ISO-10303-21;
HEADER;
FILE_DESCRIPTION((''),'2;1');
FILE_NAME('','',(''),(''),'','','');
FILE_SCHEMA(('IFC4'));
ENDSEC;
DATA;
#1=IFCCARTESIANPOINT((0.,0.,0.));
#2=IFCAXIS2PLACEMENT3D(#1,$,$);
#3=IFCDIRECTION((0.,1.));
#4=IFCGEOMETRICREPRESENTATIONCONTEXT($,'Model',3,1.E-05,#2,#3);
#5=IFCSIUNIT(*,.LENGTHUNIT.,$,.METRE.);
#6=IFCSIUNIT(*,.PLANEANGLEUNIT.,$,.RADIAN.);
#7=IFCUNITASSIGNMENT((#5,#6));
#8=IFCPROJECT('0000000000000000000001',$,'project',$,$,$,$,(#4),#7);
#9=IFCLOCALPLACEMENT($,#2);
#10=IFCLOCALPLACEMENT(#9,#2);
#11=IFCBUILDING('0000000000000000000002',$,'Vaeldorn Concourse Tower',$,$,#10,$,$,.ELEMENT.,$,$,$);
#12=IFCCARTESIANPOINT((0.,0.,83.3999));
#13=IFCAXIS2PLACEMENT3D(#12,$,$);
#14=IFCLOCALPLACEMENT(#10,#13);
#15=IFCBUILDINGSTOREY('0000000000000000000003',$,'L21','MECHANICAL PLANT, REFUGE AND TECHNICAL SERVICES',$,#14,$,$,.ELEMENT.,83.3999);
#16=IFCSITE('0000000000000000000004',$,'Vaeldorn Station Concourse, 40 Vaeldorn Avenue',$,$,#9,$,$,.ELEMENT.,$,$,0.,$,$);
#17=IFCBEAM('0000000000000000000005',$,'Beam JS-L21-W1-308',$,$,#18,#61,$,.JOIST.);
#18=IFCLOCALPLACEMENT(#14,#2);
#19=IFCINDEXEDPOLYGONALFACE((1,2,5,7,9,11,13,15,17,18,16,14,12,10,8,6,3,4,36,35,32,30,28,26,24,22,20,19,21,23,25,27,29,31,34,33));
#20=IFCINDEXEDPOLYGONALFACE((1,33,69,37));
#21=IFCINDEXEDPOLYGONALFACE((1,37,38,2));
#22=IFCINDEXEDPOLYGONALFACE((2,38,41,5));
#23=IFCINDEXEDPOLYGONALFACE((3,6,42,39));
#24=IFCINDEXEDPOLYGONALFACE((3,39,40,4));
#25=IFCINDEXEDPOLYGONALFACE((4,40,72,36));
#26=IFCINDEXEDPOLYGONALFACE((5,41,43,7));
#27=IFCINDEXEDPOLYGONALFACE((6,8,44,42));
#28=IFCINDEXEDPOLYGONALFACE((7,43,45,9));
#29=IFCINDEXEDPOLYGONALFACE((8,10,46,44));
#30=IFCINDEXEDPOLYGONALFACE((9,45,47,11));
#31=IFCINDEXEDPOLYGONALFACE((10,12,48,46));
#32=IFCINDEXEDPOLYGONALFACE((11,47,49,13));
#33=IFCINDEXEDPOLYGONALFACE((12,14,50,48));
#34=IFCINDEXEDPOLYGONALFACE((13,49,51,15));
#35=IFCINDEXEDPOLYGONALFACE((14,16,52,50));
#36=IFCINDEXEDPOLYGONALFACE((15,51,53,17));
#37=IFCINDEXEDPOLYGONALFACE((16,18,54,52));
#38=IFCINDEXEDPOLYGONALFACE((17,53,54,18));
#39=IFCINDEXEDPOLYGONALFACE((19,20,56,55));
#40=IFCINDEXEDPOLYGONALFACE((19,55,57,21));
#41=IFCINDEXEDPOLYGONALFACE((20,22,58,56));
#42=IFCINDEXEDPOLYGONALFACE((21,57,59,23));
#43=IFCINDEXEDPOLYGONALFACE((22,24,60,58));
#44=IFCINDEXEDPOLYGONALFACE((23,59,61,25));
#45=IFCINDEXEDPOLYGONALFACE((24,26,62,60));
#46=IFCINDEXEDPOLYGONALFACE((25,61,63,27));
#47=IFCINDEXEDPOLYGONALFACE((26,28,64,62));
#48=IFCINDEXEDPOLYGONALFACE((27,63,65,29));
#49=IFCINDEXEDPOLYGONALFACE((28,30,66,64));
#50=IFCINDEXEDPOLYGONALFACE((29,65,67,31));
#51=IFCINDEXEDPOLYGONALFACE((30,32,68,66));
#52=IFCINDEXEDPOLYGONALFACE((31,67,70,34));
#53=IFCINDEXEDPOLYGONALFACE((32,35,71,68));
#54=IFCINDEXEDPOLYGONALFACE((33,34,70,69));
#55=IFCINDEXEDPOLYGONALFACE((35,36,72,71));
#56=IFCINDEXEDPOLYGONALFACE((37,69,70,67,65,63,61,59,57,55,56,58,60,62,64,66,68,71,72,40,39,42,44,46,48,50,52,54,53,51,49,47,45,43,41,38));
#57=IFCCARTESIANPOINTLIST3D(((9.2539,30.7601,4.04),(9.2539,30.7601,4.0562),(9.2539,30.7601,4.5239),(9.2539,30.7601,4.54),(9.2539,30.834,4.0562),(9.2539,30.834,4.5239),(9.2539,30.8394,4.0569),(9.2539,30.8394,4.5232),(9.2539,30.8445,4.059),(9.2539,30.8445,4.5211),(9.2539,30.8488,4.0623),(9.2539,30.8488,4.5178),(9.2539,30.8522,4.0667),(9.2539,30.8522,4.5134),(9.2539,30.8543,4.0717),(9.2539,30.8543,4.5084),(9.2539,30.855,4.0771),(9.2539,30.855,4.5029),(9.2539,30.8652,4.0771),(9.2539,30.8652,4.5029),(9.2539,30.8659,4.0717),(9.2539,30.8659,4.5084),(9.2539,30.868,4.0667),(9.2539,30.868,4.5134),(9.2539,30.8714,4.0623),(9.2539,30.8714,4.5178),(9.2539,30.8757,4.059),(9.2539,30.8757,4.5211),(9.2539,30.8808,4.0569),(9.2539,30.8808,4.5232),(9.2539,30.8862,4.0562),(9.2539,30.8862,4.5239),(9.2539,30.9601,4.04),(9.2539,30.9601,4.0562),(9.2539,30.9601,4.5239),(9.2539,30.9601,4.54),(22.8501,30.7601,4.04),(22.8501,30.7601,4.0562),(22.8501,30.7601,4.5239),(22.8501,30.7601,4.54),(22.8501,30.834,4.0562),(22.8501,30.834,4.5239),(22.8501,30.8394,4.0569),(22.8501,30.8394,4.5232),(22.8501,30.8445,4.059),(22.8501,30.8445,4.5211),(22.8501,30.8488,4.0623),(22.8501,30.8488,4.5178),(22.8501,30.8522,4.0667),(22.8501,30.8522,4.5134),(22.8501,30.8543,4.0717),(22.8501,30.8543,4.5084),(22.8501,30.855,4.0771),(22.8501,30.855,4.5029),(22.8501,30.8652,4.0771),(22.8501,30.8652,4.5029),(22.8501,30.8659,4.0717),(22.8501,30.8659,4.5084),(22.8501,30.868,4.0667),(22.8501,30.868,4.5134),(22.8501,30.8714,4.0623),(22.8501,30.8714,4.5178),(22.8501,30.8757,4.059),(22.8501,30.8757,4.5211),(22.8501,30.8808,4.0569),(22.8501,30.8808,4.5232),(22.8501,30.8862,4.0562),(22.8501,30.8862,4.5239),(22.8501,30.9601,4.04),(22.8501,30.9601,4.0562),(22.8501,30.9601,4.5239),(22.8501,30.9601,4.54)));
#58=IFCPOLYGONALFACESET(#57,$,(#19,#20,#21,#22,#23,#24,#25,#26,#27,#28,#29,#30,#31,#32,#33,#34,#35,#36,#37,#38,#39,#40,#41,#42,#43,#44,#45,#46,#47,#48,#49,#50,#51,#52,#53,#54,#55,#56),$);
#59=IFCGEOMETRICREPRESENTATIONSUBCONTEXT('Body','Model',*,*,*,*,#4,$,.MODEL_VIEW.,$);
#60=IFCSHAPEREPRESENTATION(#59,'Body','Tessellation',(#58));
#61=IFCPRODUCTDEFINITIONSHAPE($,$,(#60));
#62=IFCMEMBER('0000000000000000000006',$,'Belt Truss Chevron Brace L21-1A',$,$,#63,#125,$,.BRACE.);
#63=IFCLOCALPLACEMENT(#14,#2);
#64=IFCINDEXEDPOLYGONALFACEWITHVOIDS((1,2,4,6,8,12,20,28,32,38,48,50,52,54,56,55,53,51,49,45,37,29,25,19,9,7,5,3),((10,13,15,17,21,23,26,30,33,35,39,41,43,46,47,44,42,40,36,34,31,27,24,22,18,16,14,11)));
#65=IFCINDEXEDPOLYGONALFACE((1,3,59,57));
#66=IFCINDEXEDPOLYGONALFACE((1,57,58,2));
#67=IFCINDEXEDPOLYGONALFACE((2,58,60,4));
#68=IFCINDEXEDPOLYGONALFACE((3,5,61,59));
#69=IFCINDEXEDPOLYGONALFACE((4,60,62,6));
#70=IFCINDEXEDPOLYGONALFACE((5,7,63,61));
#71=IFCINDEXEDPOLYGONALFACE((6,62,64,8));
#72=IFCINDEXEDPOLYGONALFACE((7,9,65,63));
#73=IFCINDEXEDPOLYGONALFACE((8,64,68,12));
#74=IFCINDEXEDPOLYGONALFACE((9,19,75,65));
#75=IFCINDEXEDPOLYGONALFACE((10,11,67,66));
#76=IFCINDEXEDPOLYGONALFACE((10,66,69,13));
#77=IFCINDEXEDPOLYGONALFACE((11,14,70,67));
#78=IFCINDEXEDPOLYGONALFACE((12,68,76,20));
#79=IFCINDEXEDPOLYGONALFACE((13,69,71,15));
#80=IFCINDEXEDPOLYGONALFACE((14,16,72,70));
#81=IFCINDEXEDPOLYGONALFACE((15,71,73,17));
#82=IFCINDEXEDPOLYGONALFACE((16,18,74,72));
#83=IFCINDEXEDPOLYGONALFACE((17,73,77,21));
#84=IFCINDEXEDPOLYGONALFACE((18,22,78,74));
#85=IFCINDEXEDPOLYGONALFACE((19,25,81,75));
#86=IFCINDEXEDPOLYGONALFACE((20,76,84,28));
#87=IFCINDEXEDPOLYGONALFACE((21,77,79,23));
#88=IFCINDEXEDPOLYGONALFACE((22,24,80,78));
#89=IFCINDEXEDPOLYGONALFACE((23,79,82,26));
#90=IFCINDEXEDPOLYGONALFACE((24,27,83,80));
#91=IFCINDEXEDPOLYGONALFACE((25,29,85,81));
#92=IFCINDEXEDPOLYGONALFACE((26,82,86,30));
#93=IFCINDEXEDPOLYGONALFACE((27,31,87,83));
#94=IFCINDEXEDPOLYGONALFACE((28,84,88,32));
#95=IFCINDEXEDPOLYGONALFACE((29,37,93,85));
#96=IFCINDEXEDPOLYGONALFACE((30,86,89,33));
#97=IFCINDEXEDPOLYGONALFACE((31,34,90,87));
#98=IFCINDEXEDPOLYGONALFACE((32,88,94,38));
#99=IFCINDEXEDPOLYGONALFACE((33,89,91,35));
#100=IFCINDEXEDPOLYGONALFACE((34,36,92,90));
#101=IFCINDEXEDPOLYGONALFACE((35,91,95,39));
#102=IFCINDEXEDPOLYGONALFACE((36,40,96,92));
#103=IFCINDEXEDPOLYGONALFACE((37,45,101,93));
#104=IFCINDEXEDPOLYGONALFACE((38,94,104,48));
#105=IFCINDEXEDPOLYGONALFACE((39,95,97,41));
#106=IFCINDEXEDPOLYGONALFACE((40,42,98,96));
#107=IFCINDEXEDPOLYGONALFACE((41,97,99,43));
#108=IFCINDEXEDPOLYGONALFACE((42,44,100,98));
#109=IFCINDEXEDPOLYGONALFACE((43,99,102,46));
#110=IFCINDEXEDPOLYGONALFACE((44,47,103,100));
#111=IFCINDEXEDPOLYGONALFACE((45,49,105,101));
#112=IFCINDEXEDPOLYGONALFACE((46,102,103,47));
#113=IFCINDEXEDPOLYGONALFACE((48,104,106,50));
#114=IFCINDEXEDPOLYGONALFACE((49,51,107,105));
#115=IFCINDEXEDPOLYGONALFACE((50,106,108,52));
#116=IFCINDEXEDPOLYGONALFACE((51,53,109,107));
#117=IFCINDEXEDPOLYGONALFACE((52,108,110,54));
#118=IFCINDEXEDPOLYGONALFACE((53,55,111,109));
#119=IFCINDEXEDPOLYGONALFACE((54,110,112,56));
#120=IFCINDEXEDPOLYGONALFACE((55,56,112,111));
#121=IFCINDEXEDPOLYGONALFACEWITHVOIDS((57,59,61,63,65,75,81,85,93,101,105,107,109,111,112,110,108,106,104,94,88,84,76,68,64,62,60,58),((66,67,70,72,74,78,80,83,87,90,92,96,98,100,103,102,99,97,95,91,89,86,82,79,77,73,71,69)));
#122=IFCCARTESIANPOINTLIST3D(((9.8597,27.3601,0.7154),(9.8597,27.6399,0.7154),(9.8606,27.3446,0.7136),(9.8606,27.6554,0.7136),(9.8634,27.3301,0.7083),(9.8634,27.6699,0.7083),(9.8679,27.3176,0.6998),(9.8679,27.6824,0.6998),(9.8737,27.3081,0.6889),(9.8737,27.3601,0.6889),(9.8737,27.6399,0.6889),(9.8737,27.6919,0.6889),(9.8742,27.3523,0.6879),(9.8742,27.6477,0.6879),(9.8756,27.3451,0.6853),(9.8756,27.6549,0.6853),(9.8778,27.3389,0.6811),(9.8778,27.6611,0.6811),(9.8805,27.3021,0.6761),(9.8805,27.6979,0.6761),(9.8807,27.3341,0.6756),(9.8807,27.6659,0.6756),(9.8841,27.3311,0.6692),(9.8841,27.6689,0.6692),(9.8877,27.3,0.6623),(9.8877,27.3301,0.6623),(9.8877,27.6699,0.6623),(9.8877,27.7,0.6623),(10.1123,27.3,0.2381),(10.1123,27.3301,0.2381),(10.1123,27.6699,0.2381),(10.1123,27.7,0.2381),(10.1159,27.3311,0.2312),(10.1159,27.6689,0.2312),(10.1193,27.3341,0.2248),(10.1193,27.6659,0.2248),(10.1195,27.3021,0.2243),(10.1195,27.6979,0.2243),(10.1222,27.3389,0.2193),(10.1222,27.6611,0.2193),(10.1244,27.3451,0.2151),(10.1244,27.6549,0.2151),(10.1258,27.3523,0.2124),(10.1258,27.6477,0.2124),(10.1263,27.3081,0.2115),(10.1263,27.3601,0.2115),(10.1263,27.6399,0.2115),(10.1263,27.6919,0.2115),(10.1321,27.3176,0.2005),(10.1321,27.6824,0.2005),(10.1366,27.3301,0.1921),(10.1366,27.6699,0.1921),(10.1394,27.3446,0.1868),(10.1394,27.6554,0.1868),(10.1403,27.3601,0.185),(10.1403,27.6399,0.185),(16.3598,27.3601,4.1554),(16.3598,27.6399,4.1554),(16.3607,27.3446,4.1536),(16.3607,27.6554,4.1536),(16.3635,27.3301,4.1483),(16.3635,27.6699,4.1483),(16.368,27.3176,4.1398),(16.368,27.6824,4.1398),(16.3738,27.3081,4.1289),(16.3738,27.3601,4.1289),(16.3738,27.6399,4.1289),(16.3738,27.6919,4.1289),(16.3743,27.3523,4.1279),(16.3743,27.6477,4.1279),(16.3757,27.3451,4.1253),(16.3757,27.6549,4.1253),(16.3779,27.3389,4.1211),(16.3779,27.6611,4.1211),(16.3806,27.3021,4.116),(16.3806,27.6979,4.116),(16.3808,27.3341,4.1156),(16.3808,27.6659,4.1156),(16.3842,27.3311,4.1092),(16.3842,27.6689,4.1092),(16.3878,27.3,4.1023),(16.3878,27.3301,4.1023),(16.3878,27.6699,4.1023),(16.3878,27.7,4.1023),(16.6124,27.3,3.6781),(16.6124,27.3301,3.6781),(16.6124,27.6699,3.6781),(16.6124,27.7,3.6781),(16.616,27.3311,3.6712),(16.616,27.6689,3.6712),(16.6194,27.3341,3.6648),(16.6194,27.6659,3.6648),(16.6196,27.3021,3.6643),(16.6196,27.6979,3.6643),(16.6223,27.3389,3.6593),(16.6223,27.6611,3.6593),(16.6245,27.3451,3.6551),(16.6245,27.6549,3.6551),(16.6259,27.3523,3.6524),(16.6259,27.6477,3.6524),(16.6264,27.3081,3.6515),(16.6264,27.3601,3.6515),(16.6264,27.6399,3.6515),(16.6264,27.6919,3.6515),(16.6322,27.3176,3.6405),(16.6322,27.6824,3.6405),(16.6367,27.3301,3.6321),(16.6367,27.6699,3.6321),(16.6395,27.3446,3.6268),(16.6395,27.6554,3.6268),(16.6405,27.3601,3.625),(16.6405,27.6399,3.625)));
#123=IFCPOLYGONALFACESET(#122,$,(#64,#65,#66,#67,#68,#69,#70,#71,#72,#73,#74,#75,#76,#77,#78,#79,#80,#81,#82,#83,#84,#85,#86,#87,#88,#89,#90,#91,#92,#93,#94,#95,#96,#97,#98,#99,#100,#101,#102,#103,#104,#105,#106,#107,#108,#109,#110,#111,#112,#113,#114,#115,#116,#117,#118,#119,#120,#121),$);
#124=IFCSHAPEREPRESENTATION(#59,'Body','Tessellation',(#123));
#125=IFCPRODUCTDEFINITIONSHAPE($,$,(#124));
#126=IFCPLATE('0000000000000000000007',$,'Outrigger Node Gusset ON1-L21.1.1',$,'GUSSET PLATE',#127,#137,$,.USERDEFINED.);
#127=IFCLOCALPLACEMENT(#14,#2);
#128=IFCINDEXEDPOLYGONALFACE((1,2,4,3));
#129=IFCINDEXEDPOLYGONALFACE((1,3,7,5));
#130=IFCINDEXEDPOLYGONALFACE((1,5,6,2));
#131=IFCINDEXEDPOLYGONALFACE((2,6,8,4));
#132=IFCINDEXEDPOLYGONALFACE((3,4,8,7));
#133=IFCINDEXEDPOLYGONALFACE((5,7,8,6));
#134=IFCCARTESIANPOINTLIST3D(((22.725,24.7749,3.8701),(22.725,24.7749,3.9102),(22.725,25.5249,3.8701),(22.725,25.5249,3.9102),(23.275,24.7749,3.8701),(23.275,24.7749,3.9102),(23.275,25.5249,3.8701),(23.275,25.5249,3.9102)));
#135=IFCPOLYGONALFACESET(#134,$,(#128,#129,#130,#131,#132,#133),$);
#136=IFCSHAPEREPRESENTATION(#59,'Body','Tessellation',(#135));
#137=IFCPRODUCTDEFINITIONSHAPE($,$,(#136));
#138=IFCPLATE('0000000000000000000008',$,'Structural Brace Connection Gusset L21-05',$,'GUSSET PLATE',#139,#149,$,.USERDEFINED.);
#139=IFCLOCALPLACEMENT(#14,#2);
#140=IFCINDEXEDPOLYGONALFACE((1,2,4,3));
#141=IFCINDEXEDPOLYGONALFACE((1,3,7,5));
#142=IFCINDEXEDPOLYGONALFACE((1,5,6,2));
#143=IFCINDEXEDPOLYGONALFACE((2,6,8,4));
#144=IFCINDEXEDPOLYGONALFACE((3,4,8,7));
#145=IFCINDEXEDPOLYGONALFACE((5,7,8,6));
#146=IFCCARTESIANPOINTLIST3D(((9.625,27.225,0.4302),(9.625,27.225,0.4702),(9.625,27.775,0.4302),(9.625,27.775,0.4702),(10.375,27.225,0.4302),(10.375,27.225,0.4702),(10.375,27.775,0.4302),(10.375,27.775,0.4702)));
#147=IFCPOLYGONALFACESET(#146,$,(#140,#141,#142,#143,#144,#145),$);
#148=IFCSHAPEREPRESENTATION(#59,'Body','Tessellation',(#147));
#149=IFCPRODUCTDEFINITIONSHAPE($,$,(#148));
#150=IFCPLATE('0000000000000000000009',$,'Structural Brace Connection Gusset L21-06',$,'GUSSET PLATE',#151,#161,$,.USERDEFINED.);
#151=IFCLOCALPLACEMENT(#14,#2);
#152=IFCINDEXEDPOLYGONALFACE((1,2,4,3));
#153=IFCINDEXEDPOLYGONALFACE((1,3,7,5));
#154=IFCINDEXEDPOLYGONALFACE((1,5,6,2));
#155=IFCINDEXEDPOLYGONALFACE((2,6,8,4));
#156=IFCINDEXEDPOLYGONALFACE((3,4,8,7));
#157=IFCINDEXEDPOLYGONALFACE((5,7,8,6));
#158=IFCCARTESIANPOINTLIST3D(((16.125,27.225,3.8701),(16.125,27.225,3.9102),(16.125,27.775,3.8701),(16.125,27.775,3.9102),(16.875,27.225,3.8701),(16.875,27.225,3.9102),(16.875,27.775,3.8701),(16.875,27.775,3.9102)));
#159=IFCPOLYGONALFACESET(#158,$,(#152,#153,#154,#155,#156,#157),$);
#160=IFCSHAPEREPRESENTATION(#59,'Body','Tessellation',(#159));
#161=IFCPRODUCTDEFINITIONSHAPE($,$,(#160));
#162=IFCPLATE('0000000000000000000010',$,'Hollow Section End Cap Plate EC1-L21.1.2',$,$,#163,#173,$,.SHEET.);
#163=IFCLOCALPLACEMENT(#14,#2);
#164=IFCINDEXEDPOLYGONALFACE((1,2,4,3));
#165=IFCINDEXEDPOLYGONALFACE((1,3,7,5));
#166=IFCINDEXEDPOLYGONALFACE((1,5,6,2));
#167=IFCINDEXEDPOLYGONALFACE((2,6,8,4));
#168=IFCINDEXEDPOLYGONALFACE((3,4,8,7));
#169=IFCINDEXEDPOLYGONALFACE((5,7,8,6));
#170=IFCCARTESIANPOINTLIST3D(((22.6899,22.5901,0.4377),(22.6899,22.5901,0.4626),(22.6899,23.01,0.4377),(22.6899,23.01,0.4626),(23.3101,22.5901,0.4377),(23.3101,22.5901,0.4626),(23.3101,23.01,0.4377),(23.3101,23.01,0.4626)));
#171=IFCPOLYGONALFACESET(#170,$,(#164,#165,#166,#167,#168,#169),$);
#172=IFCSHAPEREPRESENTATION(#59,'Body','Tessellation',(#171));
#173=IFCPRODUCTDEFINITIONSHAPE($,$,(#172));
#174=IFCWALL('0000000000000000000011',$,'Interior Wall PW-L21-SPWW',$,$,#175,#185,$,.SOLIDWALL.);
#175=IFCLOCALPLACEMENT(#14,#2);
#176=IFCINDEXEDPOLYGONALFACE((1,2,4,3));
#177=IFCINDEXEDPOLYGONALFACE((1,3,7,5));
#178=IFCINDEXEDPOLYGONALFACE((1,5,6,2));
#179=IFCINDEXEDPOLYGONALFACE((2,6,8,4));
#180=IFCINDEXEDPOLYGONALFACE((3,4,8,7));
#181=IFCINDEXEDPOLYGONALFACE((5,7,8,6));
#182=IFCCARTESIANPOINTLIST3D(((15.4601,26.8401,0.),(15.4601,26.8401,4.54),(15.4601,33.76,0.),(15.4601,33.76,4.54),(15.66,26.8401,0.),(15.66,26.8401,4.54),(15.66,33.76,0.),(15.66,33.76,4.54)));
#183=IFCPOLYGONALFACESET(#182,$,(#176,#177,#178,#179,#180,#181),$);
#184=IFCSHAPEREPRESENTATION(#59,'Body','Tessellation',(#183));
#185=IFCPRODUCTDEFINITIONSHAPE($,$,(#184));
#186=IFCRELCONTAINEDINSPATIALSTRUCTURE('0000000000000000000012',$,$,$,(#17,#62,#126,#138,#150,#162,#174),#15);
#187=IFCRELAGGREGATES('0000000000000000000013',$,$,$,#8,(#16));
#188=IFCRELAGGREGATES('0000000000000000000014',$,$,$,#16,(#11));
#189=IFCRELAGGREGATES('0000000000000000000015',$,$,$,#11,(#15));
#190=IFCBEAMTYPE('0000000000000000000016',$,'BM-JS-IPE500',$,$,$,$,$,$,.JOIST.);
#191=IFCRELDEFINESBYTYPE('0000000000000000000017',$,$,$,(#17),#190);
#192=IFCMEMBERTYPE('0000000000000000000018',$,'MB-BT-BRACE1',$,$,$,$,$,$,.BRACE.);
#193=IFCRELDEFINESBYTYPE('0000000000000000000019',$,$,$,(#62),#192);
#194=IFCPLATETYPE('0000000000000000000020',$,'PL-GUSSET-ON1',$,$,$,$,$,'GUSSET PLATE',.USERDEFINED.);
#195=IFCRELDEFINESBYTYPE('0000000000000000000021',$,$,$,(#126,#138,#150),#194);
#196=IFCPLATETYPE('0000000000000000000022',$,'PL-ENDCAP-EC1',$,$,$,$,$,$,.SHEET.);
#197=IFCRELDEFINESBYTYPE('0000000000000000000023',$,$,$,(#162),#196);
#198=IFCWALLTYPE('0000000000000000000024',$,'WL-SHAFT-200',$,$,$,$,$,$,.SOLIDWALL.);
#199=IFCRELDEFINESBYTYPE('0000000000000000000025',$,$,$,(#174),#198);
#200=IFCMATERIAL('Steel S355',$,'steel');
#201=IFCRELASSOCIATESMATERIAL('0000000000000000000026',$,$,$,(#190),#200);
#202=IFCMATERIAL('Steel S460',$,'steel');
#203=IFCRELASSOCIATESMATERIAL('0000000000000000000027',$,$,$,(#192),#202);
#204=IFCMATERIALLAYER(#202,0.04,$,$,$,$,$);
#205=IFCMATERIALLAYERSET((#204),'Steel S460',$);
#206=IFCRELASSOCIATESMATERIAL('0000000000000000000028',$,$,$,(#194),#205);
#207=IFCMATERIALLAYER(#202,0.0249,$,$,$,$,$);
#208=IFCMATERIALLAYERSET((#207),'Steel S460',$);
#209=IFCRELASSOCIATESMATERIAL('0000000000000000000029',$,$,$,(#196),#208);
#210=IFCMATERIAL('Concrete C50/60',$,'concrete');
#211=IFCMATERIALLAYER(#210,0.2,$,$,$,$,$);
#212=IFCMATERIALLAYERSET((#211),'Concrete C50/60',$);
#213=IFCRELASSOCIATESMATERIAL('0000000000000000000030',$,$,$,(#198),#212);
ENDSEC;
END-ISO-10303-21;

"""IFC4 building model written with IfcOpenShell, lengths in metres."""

from ifc_helpers import new_model, si_unit, direction, frame, frame_2d, origin, origin_2d, place, context, subcontext, project, spatial, rectangle, hollow_rectangle, i_section, extrude, source, transform, mapped, material, layer, layer_set, material_profile, profile_set, type_object, element, save


model = new_model("IFC4")

# Units and contexts
model_context = context("Model", 3, precision=1e-05, world=origin(), true_north=direction((0.0, 1.0)))
body_context = subcontext(model_context, "Body", "Model", "MODEL_VIEW")
ifc_project = project(units=[si_unit("LENGTHUNIT", "METRE"), si_unit("PLANEANGLEUNIT", "RADIAN")], contexts=[model_context])

# Site, building, storey
site_placement = place(None, origin())
site = spatial("IfcSite", under=ifc_project, at=site_placement, Name="Vaeldorn Station Concourse, 40 Vaeldorn Avenue", CompositionType="ELEMENT", RefElevation=0.0)
building_placement = place(site_placement, origin())
building = spatial("IfcBuilding", under=site, at=building_placement, Name="Vaeldorn Concourse Tower", CompositionType="ELEMENT")
storey_placement = place(building_placement, frame((0.0, 0.0, 83.3999)))
storey = spatial("IfcBuildingStorey", under=building, at=storey_placement, Name="L21", Description="MECHANICAL PLANT, REFUGE AND TECHNICAL SERVICES", CompositionType="ELEMENT", Elevation=83.3999)

# Shared definitions
ifc_material_1 = material(Name="Steel S460", Category="steel")

# Beam
ifc_material_2 = material(Name="Steel S355", Category="steel")
ifc_material_profile_1 = material_profile(ifc_material_2, i_section(OverallWidth=0.2, OverallDepth=0.5, WebThickness=0.0103, FlangeThickness=0.0161, FilletRadius=0.021, at=origin_2d()), Name="IPE 500")
ifc_profile_set_1 = profile_set([ifc_material_profile_1], Name="Steel S355")
beam_type_1 = type_object("IfcBeamType", Name="BM-JS-IPE500", PredefinedType="JOIST", material=ifc_profile_set_1)
shared_shape_1 = source(origin(), body_context, "Body", "SweptSolid", [
    extrude(i_section(OverallWidth=0.2, OverallDepth=0.5, WebThickness=0.0103, FlangeThickness=0.0161, FilletRadius=0.021, at=origin_2d()), origin(), (0.0, 0.0, 1.0), 13.5962),
])
beam_1_placement = place(storey_placement, frame((9.2539, 30.8601, 4.29), z_axis=(1.0, 0.0, 0.0), x_axis=(0.0, 1.0, 0.0)))
element("IfcBeam", 1, at=beam_1_placement, inside=storey, type_object=beam_type_1, Name="Beam JS-L21-W1-308", PredefinedType="JOIST", context=body_context, shape_type="MappedRepresentation", body=[
    mapped(shared_shape_1, transform((0.0, 0.0, 0.0), scale=1.0)),
])

# Member
ifc_material_profile_2 = material_profile(ifc_material_1, hollow_rectangle(XDim=0.3999, YDim=0.6001, WallThickness=0.03, InnerFilletRadius=0.03, OuterFilletRadius=0.0601, at=origin_2d()), Name="RHS 600x400x30")
ifc_profile_set_2 = profile_set([ifc_material_profile_2], Name="Steel S460")
member_type = type_object("IfcMemberType", Name="MB-BT-BRACE1", PredefinedType="BRACE", material=ifc_profile_set_2)
shared_shape_2 = source(origin(), body_context, "Body", "SweptSolid", [
    extrude(hollow_rectangle(XDim=0.3999, YDim=0.6001, WallThickness=0.03, InnerFilletRadius=0.03, OuterFilletRadius=0.0601, at=origin_2d()), origin(), (0.0, 0.0, 1.0), 7.3542),
])
member_placement = place(storey_placement, frame((10.0, 27.5, 0.4502), z_axis=(0.883857, 0.0, 0.467757), x_axis=(0.0, 1.0, 0.0)))
element("IfcMember", 2, at=member_placement, inside=storey, type_object=member_type, Name="Belt Truss Chevron Brace L21-1A", PredefinedType="BRACE", context=body_context, shape_type="MappedRepresentation", body=[
    mapped(shared_shape_2, transform((0.0, 0.0, 0.0), scale=1.0)),
])

# Plates
ifc_layer_1 = layer(ifc_material_1, 0.04)
ifc_layer_set_1 = layer_set([ifc_layer_1], Name="Steel S460")
plate_type_1 = type_object("IfcPlateType", Name="PL-GUSSET-ON1", ElementType="GUSSET PLATE", PredefinedType="USERDEFINED", material=ifc_layer_set_1)
shared_shape_3 = source(origin(), body_context, "Body", "SweptSolid", [
    extrude(rectangle(XDim=0.75, YDim=0.55, at=origin_2d()), origin(), (0.0, 0.0, 1.0), 0.04),
])
for number, where, z_axis, x_axis, name in (
    (3, (23.0, 25.1499, 3.8701), (0.0, 0.0, 1.0), (0.0, 1.0, 0.0), "Outrigger Node Gusset ON1-L21.1.1"),
    (4, (10.0, 27.5, 0.4302), (0.0, 0.0, 1.0), (1.0, 0.0, 0.0), "Structural Brace Connection Gusset L21-05"),
    (5, (16.5, 27.5, 3.8701), (0.0, 0.0, 1.0), (1.0, 0.0, 0.0), "Structural Brace Connection Gusset L21-06"),
):
    element("IfcPlate", number, at=place(storey_placement, frame(where, z_axis=z_axis, x_axis=x_axis)), inside=storey, type_object=plate_type_1, Name=name, ObjectType="GUSSET PLATE", PredefinedType="USERDEFINED", context=body_context, shape_type="MappedRepresentation", body=[
        mapped(shared_shape_3, transform((0.0, 0.0, 0.0), scale=1.0)),
    ])
ifc_layer_2 = layer(ifc_material_1, 0.0249)
ifc_layer_set_2 = layer_set([ifc_layer_2], Name="Steel S460")
plate_type_2 = type_object("IfcPlateType", Name="PL-ENDCAP-EC1", PredefinedType="SHEET", material=ifc_layer_set_2)
shared_shape_4 = source(origin(), body_context, "Body", "SweptSolid", [
    extrude(rectangle(XDim=0.6201, YDim=0.4199, at=origin_2d()), origin(), (0.0, 0.0, 1.0), 0.0249),
])
plate_placement = place(storey_placement, frame((23.0, 22.8, 0.4377), z_axis=(0.0, 0.0, 1.0), x_axis=(1.0, 0.0, 0.0)))
element("IfcPlate", 6, at=plate_placement, inside=storey, type_object=plate_type_2, Name="Hollow Section End Cap Plate EC1-L21.1.2", PredefinedType="SHEET", context=body_context, shape_type="MappedRepresentation", body=[
    mapped(shared_shape_4, transform((0.0, 0.0, 0.0), scale=1.0)),
])

# Wall
ifc_material_3 = material(Name="Concrete C50/60", Category="concrete")
ifc_layer_3 = layer(ifc_material_3, 0.2)
ifc_layer_set_3 = layer_set([ifc_layer_3], Name="Concrete C50/60")
wall_type = type_object("IfcWallType", Name="WL-SHAFT-200", PredefinedType="SOLIDWALL", material=ifc_layer_set_3)
wall_1_placement = place(storey_placement, frame((15.5601, 26.8401, 0.0), z_axis=(0.0, 0.0, 1.0), x_axis=(0.0, 1.0, 0.0)))
element("IfcWall", 7, at=wall_1_placement, inside=storey, type_object=wall_type, Name="Interior Wall PW-L21-SPWW", PredefinedType="SOLIDWALL", context=body_context, shape_type="SweptSolid", body=[
    extrude(rectangle(XDim=6.9199, YDim=0.2, at=frame_2d((3.46, 0.0))), origin(), (0.0, 0.0, 1.0), 4.54),
])

save(model, "model.ifc")
